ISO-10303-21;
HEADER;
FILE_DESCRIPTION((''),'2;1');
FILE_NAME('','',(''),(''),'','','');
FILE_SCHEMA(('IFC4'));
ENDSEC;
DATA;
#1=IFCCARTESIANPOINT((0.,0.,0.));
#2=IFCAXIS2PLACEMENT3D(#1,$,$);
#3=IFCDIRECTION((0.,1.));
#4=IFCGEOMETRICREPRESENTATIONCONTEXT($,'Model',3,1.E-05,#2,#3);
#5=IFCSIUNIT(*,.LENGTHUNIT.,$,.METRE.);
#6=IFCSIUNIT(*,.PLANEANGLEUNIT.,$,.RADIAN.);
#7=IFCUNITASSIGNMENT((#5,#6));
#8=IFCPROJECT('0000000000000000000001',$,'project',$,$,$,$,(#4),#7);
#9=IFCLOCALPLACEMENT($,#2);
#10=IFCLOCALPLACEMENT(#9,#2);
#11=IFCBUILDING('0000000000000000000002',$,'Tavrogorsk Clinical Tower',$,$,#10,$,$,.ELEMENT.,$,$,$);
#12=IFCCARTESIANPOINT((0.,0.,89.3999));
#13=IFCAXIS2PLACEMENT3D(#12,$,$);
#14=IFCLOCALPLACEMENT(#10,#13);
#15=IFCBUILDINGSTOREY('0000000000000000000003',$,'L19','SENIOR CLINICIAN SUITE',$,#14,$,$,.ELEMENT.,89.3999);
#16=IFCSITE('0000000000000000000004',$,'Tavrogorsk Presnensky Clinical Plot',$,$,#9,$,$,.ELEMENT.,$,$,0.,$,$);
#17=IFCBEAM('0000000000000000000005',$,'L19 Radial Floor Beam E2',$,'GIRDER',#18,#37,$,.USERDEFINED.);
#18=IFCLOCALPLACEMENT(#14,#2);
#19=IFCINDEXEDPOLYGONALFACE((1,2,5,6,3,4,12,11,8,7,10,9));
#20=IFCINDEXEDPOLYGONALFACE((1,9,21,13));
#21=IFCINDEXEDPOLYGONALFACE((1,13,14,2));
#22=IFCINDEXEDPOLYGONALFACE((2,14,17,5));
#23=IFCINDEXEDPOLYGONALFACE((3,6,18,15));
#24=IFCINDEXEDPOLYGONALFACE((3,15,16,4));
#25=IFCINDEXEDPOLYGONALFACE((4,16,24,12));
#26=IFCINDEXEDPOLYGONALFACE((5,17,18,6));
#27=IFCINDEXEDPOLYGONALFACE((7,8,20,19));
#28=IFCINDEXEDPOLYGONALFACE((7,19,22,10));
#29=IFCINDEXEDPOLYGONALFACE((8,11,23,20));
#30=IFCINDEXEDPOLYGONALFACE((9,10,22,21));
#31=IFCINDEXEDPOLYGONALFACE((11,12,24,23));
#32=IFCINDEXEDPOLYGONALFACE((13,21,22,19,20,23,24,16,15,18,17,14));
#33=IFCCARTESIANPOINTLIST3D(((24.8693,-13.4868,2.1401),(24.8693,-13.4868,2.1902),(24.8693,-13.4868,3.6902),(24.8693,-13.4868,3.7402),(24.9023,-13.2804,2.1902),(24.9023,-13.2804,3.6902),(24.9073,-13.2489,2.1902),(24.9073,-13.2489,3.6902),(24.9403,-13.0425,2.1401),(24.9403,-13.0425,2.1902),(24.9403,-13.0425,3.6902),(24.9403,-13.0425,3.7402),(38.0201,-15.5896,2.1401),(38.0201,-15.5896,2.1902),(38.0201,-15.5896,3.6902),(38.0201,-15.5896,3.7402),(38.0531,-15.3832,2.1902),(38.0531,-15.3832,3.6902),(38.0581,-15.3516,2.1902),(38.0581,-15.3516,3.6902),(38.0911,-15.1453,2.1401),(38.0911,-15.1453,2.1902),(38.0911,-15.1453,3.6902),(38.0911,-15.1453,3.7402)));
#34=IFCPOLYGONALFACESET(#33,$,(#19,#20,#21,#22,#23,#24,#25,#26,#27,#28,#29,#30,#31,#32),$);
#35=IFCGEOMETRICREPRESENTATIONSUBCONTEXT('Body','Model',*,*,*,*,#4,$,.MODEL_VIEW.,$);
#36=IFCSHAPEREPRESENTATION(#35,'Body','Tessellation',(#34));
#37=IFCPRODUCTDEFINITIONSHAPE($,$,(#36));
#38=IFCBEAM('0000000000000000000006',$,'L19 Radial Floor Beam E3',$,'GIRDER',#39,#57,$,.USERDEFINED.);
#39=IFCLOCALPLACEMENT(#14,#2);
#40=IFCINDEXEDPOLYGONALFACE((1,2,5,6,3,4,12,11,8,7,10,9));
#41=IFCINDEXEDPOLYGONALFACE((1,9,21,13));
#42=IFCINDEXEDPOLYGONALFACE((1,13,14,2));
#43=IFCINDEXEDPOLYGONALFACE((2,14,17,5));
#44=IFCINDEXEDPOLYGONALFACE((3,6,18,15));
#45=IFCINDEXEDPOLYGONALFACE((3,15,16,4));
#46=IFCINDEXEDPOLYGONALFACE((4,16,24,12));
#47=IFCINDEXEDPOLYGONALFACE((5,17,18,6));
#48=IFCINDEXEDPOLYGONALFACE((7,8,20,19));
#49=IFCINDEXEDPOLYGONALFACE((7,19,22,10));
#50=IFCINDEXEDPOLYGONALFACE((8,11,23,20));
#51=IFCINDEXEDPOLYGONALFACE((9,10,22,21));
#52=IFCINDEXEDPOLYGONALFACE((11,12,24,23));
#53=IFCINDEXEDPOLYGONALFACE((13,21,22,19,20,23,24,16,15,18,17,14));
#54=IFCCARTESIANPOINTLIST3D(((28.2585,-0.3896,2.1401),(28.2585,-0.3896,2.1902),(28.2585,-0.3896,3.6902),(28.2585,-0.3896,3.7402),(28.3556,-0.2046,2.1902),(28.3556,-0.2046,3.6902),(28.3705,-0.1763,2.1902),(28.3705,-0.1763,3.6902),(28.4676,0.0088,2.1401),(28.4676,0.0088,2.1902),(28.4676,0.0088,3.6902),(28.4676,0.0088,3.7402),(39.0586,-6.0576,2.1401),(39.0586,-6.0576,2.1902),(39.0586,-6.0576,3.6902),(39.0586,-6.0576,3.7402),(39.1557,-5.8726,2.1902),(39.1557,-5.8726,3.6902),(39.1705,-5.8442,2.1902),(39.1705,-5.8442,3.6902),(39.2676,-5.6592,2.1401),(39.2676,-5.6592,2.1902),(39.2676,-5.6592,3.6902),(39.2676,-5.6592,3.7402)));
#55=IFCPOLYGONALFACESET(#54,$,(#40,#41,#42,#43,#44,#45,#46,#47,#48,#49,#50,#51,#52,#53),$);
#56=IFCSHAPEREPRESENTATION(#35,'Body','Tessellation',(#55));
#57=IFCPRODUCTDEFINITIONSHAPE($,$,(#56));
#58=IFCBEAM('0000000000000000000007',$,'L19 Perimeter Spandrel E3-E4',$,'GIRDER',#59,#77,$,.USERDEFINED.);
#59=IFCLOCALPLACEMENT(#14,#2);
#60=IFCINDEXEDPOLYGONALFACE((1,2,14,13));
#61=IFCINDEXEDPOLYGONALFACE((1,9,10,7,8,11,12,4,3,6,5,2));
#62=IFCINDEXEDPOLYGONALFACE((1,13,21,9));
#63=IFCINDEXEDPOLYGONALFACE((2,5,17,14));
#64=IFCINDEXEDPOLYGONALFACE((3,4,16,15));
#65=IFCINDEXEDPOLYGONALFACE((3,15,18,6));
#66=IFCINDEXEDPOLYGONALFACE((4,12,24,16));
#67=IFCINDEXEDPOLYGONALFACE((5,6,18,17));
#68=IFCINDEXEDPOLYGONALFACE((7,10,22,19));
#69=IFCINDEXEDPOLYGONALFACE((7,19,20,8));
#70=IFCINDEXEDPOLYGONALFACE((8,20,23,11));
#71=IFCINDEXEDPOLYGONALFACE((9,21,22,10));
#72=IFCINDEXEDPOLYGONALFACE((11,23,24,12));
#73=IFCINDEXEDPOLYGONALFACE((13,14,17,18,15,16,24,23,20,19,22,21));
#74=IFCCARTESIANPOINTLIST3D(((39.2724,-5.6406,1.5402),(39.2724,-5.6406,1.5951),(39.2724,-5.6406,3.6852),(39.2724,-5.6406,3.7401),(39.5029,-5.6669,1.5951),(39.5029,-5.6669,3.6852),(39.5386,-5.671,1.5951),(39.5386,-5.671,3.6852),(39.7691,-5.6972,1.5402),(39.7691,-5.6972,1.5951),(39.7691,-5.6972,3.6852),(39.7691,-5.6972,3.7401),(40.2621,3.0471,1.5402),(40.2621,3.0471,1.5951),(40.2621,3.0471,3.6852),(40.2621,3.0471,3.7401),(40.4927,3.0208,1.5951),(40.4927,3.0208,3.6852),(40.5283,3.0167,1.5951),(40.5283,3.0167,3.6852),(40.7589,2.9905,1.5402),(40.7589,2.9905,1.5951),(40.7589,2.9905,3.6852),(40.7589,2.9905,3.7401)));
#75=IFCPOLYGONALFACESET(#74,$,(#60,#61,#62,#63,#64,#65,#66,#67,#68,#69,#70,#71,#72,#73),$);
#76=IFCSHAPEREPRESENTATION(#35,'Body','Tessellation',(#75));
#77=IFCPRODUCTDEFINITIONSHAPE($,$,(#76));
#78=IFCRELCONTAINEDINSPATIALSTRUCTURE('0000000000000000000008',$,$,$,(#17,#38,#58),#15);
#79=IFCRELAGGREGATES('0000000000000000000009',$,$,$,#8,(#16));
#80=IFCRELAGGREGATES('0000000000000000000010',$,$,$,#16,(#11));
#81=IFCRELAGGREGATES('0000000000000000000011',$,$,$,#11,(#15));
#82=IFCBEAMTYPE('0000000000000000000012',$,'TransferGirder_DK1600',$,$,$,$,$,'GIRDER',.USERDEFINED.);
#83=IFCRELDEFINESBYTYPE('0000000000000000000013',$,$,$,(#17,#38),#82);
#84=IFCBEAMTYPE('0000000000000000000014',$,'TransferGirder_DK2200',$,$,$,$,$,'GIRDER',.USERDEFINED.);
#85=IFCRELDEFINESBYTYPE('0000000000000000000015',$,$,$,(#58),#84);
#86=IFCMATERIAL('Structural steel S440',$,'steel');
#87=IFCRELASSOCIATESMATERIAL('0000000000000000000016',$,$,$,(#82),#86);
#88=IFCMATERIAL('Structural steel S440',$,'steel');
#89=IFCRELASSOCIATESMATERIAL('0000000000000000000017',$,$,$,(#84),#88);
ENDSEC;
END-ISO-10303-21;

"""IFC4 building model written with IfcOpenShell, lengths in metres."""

from ifc_helpers import new_model, si_unit, direction, frame, origin, origin_2d, place, context, subcontext, project, spatial, i_section, extrude, material, material_profile, profile_set, type_object, element, save


model = new_model("IFC4")

# Units and contexts
model_context = context("Model", 3, precision=1e-05, world=origin(), true_north=direction((0.0, 1.0)))
body_context = subcontext(model_context, "Body", "Model", "MODEL_VIEW")
ifc_project = project(units=[si_unit("LENGTHUNIT", "METRE"), si_unit("PLANEANGLEUNIT", "RADIAN")], contexts=[model_context])

# Site, building, storey
site_placement = place(None, origin())
site = spatial("IfcSite", under=ifc_project, at=site_placement, Name="Tavrogorsk Presnensky Clinical Plot", CompositionType="ELEMENT", RefElevation=0.0)
building_placement = place(site_placement, origin())
building = spatial("IfcBuilding", under=site, at=building_placement, Name="Tavrogorsk Clinical Tower", CompositionType="ELEMENT")
storey_placement = place(building_placement, frame((0.0, 0.0, 89.3999)))
storey = spatial("IfcBuildingStorey", under=building, at=storey_placement, Name="L19", Description="SENIOR CLINICIAN SUITE", CompositionType="ELEMENT", Elevation=89.3999)

# Beams
ifc_material_1 = material(Name="Structural steel S440", Category="steel")
ifc_material_profile_1 = material_profile(ifc_material_1, i_section(OverallWidth=0.45, OverallDepth=1.6001, WebThickness=0.032, FlangeThickness=0.05, at=origin_2d()), Name="DK-1600x450x32x50")
ifc_profile_set_1 = profile_set([ifc_material_profile_1], Name="Structural steel S440")
beam_type_1 = type_object("IfcBeamType", Name="TransferGirder_DK1600", ElementType="GIRDER", PredefinedType="USERDEFINED", material=ifc_profile_set_1)
beam_1_placement = place(storey_placement, frame((24.9048, -13.2646, 2.9402), z_axis=(0.987457, -0.157891, 0.0), x_axis=(0.157891, 0.987457, 0.0)))
element("IfcBeam", 1, at=beam_1_placement, inside=storey, type_object=beam_type_1, Name="L19 Radial Floor Beam E2", ObjectType="GIRDER", PredefinedType="USERDEFINED", context=body_context, shape_type="SweptSolid", body=[
    extrude(i_section(OverallWidth=0.45, OverallDepth=1.6001, WebThickness=0.032, FlangeThickness=0.05, at=origin_2d()), origin(), (0.0, 0.0, 1.0), 13.3179),
])
beam_2_placement = place(storey_placement, frame((28.363, -0.1904, 2.9402), z_axis=(0.885467, -0.464702, 0.0), x_axis=(0.464702, 0.885467, 0.0)))
element("IfcBeam", 2, at=beam_2_placement, inside=storey, type_object=beam_type_1, Name="L19 Radial Floor Beam E3", ObjectType="GIRDER", PredefinedType="USERDEFINED", context=body_context, shape_type="SweptSolid", body=[
    extrude(i_section(OverallWidth=0.45, OverallDepth=1.6001, WebThickness=0.032, FlangeThickness=0.05, at=origin_2d()), origin(), (0.0, 0.0, 1.0), 12.197),
])
ifc_material_2 = material(Name="Structural steel S440", Category="steel")
ifc_material_profile_2 = material_profile(ifc_material_2, i_section(OverallWidth=0.5, OverallDepth=2.2, WebThickness=0.0359, FlangeThickness=0.0549, at=origin_2d()), Name="DK-2200x500x36x55")
ifc_profile_set_2 = profile_set([ifc_material_profile_2], Name="Structural steel S440")
beam_type_2 = type_object("IfcBeamType", Name="TransferGirder_DK2200", ElementType="GIRDER", PredefinedType="USERDEFINED", material=ifc_profile_set_2)
beam_3_placement = place(storey_placement, frame((39.5208, -5.6689, 2.6401), z_axis=(0.113192, 0.993573, 0.0), x_axis=(-0.993573, 0.113192, 0.0)))
element("IfcBeam", 3, at=beam_3_placement, inside=storey, type_object=beam_type_2, Name="L19 Perimeter Spandrel E3-E4", ObjectType="GIRDER", PredefinedType="USERDEFINED", context=body_context, shape_type="SweptSolid", body=[
    extrude(i_section(OverallWidth=0.5, OverallDepth=2.2, WebThickness=0.0359, FlangeThickness=0.0549, at=origin_2d()), origin(), (0.0, 0.0, 1.0), 8.7439),
])

save(model, "model.ifc")
